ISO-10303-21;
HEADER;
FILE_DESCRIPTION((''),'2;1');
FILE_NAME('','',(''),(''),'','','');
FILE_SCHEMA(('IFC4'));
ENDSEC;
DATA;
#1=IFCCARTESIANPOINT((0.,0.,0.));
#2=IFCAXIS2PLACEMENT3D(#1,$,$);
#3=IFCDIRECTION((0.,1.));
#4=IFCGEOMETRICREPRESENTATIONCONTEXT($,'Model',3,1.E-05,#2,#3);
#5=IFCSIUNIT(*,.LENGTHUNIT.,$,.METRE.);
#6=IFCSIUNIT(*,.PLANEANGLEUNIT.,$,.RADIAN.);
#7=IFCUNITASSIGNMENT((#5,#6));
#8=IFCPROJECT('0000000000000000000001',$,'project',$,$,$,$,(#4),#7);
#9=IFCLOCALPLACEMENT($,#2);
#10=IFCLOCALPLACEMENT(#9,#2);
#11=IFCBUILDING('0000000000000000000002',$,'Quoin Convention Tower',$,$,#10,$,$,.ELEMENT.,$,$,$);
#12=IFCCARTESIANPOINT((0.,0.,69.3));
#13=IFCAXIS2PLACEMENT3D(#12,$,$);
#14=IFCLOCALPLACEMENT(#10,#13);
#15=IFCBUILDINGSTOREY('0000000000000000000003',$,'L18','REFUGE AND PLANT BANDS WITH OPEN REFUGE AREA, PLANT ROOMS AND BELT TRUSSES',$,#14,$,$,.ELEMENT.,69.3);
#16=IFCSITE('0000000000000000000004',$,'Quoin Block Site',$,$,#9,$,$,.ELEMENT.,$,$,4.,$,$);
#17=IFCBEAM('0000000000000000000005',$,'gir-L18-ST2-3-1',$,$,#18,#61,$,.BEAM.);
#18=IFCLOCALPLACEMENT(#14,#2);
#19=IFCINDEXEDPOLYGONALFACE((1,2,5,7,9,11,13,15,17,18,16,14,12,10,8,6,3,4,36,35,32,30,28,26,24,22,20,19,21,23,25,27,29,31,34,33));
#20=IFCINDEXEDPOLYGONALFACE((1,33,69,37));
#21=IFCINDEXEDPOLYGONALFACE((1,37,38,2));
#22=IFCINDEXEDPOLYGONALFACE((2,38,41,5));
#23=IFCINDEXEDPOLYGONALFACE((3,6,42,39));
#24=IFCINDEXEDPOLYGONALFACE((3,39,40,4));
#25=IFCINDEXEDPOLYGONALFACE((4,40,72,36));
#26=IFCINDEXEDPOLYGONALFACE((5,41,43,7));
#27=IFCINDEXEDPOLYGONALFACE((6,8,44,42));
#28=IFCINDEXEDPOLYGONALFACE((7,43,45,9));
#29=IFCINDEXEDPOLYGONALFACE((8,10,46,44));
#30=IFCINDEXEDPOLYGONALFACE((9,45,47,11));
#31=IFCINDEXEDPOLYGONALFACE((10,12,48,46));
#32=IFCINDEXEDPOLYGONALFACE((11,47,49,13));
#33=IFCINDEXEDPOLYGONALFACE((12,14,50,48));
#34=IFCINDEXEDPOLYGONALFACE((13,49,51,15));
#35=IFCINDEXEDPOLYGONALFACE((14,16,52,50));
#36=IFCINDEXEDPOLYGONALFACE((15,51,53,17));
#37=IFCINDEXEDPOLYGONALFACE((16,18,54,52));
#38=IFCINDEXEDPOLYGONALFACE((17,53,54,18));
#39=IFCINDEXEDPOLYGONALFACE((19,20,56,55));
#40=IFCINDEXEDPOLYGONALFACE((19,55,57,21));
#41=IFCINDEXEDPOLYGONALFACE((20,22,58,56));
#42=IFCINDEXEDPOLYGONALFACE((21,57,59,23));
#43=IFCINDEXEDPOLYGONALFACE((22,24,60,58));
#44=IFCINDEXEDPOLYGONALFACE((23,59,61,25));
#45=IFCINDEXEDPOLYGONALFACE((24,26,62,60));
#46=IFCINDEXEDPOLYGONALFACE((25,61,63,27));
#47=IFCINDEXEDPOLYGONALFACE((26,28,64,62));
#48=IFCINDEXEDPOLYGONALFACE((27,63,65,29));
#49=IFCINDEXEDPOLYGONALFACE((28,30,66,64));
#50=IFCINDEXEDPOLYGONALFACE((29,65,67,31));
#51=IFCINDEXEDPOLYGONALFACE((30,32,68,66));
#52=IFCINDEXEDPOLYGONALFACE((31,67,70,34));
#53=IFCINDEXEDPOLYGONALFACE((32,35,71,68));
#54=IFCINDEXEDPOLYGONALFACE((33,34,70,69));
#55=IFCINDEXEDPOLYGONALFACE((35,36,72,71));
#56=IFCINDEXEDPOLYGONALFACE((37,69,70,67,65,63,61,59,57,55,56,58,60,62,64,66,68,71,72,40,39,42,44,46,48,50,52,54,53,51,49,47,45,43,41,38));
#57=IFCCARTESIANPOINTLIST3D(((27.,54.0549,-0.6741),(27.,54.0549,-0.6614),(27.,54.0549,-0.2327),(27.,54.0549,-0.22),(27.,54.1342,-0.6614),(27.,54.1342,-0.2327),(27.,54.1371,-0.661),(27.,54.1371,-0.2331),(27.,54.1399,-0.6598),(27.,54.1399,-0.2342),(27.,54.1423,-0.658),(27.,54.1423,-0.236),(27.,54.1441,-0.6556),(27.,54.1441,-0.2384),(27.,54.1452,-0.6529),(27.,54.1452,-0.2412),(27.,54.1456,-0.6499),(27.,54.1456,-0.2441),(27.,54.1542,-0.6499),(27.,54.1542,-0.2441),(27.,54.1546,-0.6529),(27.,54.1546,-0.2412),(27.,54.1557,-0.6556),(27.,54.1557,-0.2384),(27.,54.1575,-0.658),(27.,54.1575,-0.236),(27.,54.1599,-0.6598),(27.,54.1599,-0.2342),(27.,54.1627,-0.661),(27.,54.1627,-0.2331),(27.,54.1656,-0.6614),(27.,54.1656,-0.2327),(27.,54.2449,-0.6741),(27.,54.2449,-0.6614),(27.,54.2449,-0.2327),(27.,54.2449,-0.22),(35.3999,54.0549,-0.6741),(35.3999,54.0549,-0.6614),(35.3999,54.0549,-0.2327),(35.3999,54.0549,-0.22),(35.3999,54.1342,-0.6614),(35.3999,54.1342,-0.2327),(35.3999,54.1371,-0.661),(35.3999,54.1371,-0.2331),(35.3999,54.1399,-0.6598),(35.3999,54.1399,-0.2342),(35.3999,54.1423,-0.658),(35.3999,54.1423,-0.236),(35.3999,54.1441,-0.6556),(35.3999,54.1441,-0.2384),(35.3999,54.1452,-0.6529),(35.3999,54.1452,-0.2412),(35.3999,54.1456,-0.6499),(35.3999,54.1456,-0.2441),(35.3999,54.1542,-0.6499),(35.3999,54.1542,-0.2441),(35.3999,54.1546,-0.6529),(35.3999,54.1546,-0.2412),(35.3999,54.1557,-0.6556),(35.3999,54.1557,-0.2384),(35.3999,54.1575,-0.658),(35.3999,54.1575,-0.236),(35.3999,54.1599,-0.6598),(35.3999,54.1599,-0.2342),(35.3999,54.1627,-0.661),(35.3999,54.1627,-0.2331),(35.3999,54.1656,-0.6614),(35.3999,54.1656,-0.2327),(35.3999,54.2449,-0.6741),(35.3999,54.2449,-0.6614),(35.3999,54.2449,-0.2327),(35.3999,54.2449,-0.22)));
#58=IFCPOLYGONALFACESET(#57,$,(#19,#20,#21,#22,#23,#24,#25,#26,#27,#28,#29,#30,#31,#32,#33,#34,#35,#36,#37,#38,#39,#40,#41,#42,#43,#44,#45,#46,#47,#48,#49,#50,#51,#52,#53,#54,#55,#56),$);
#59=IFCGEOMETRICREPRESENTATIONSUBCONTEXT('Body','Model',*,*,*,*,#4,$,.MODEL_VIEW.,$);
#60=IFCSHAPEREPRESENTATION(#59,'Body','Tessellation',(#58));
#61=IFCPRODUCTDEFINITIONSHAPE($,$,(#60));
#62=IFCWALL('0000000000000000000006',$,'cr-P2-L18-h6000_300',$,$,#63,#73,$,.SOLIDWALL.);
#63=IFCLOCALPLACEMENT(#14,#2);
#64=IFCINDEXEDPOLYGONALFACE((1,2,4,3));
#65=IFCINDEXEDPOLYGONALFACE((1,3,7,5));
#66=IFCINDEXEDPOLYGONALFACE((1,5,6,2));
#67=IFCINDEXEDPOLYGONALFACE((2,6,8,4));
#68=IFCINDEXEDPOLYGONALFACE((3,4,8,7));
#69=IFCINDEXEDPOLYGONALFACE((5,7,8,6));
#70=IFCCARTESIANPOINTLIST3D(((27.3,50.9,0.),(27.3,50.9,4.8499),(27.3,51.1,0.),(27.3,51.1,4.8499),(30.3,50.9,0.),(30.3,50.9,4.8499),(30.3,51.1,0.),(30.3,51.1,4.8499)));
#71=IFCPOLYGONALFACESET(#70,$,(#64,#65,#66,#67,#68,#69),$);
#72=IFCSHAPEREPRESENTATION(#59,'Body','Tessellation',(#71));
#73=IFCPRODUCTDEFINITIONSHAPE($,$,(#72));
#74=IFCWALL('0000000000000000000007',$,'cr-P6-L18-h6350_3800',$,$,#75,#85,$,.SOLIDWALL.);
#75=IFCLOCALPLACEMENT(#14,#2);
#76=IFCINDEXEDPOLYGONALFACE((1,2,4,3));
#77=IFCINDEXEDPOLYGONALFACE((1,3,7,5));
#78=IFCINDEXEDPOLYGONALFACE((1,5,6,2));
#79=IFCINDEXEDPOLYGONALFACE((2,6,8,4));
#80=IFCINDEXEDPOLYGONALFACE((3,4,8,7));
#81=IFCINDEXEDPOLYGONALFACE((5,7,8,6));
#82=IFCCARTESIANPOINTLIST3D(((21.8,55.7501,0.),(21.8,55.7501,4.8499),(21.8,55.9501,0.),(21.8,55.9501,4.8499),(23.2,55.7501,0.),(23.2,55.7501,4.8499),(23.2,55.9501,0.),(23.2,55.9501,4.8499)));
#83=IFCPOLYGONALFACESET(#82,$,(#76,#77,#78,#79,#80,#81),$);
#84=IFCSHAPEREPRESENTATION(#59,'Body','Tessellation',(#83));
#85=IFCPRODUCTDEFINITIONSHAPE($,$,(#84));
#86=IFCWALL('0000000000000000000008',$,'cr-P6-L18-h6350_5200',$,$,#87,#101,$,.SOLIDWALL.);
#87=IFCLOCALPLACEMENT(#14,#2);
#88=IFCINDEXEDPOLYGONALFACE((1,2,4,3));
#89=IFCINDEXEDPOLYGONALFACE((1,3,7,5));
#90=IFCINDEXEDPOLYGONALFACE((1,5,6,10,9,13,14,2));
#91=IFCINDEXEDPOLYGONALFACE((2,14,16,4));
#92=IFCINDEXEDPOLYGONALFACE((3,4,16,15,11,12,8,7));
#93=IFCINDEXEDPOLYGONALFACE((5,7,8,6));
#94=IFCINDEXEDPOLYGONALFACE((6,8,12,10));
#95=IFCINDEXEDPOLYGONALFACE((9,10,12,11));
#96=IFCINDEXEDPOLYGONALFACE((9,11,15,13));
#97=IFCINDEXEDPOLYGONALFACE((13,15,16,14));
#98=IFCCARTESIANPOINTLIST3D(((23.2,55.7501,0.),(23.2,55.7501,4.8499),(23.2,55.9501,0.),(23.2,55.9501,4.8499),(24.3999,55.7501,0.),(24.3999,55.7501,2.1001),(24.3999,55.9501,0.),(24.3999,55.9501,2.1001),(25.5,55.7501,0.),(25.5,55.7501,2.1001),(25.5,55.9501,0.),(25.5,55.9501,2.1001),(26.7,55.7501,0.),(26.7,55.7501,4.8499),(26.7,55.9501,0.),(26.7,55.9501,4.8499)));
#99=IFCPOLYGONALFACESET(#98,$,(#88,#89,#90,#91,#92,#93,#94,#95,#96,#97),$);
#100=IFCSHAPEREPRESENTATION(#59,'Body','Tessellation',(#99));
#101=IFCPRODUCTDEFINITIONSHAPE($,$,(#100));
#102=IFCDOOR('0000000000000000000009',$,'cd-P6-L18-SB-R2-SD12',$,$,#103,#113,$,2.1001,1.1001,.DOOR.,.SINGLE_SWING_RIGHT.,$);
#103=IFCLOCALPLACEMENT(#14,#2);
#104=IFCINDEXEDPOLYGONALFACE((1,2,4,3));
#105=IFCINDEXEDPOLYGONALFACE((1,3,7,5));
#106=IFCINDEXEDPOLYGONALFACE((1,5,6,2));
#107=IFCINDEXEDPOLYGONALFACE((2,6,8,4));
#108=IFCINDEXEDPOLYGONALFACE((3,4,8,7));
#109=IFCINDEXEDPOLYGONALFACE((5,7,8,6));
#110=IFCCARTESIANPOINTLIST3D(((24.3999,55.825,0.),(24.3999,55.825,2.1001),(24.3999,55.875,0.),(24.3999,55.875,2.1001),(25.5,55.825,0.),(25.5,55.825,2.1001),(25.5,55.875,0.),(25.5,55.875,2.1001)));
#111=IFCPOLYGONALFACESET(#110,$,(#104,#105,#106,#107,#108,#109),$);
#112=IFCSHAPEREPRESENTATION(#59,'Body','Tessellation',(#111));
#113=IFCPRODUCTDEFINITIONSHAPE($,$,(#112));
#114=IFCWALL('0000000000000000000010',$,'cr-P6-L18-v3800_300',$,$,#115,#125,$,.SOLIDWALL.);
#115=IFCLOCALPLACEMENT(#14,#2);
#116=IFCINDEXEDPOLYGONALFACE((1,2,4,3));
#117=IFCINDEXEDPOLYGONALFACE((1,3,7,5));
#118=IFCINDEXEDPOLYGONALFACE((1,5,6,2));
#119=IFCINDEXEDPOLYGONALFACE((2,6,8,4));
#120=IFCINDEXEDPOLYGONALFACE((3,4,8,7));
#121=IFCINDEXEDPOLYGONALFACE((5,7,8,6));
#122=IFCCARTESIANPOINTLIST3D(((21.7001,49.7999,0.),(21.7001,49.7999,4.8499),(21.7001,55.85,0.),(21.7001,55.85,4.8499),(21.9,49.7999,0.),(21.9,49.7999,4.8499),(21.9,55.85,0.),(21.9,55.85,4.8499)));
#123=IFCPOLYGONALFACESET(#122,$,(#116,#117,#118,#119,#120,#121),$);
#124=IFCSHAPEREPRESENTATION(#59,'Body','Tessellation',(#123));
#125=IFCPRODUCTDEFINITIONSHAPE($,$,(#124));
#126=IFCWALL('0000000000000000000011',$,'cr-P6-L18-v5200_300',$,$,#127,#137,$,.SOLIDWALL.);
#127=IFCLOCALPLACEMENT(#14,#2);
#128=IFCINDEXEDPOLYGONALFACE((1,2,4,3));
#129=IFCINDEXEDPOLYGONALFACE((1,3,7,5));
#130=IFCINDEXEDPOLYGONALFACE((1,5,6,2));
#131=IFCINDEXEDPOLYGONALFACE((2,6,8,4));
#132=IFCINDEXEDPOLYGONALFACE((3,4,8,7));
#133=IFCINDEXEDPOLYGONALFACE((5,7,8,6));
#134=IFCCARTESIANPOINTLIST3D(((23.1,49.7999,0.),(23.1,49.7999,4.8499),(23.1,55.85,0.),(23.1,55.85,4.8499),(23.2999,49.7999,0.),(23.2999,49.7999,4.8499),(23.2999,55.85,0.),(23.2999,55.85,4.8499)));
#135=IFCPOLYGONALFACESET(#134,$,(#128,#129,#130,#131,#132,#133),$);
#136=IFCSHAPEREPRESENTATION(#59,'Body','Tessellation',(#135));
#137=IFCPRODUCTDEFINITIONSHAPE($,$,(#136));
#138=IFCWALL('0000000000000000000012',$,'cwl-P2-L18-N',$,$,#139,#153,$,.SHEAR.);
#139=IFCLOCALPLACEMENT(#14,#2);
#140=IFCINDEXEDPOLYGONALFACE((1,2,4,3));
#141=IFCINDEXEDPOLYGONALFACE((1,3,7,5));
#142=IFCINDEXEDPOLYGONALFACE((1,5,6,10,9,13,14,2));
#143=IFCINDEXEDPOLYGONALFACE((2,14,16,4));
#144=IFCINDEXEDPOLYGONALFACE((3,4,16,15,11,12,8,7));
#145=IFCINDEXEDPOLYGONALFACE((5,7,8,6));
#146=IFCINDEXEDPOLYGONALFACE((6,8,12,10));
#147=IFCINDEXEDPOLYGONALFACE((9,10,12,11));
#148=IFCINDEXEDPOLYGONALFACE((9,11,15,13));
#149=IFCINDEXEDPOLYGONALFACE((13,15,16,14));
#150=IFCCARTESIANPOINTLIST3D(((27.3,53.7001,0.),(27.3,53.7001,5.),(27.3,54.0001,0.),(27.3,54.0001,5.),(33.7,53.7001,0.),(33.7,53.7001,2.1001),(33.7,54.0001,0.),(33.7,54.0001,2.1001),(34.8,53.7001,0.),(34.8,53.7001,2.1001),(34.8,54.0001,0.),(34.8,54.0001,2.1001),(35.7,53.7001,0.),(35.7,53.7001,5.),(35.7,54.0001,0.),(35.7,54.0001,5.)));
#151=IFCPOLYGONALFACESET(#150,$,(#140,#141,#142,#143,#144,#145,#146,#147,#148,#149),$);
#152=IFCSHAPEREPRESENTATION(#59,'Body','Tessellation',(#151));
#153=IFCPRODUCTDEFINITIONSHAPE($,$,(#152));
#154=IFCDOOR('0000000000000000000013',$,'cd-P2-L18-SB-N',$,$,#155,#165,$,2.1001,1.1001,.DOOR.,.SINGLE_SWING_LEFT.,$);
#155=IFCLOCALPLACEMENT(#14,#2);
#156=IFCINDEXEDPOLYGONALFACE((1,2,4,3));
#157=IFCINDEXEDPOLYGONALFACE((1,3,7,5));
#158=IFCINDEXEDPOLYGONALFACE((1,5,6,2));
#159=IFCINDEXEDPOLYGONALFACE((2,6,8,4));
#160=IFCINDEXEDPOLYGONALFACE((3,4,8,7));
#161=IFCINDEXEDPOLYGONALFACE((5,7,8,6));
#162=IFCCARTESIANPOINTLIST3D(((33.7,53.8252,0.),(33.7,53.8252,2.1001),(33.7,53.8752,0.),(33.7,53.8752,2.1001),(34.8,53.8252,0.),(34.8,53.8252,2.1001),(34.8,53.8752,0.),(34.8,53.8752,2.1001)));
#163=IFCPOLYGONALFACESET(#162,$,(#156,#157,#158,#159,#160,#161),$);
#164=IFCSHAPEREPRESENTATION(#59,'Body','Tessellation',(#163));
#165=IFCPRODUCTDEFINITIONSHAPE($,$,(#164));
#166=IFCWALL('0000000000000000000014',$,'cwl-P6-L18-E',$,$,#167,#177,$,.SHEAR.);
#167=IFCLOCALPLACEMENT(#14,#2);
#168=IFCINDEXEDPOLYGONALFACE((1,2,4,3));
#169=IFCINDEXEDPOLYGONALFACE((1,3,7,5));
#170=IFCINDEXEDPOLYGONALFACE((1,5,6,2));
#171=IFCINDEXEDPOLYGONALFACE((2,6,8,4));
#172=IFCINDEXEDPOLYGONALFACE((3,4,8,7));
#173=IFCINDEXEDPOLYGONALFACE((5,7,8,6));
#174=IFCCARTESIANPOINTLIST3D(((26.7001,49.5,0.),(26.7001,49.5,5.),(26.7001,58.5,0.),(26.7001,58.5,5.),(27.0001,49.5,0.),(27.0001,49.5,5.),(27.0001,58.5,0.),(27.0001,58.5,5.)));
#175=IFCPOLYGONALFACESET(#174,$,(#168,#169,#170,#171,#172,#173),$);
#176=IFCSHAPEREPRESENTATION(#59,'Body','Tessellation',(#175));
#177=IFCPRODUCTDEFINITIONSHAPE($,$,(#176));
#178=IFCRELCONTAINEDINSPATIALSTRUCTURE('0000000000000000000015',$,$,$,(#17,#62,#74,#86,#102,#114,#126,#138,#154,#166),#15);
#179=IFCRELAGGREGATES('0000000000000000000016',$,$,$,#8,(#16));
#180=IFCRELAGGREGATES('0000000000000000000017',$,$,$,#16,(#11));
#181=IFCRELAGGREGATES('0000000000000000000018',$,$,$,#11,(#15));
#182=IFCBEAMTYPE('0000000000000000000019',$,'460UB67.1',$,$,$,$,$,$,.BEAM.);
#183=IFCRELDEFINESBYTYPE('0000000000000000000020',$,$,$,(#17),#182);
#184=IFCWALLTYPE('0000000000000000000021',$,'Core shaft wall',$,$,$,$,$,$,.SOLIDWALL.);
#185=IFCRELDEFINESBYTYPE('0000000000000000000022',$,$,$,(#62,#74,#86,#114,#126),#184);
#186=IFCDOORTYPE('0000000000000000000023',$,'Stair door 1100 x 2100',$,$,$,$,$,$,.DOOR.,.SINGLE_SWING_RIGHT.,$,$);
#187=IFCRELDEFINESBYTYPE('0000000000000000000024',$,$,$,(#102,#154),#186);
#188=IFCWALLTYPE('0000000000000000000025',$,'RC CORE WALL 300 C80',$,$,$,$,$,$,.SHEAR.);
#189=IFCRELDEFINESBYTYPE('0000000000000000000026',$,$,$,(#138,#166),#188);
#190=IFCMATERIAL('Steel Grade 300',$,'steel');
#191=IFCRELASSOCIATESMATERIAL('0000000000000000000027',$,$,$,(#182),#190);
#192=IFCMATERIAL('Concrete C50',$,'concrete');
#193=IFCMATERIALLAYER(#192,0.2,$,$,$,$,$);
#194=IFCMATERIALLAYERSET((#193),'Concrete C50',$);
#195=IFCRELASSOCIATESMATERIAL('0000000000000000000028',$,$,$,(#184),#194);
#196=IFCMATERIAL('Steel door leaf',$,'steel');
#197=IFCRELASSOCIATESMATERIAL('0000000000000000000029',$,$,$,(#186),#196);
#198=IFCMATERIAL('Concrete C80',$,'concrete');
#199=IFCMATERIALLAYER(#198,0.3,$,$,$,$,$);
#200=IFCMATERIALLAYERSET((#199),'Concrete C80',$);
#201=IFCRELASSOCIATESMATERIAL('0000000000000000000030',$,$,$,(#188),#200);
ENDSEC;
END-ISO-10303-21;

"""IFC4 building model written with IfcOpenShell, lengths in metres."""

from ifc_helpers import new_model, si_unit, direction, frame, frame_2d, origin, origin_2d, place, context, subcontext, project, spatial, rectangle, i_section, extrude, material, layer, layer_set, material_profile, profile_set, type_object, element, fill, save


model = new_model("IFC4")

# Units and contexts
model_context = context("Model", 3, precision=1e-05, world=origin(), true_north=direction((0.0, 1.0)))
body_context = subcontext(model_context, "Body", "Model", "MODEL_VIEW")
ifc_project = project(units=[si_unit("LENGTHUNIT", "METRE"), si_unit("PLANEANGLEUNIT", "RADIAN")], contexts=[model_context])

# Site, building, storey
site_placement = place(None, origin())
site = spatial("IfcSite", under=ifc_project, at=site_placement, Name="Quoin Block Site", CompositionType="ELEMENT", RefElevation=4.0)
building_placement = place(site_placement, origin())
building = spatial("IfcBuilding", under=site, at=building_placement, Name="Quoin Convention Tower", CompositionType="ELEMENT")
storey_placement = place(building_placement, frame((0.0, 0.0, 69.3)))
storey = spatial("IfcBuildingStorey", under=building, at=storey_placement, Name="L18", Description="REFUGE AND PLANT BANDS WITH OPEN REFUGE AREA, PLANT ROOMS AND BELT TRUSSES", CompositionType="ELEMENT", Elevation=69.3)

# Beam
ifc_material_1 = material(Name="Steel Grade 300", Category="steel")
ifc_material_profile = material_profile(ifc_material_1, i_section(OverallWidth=0.1899, OverallDepth=0.4541, WebThickness=0.0085, FlangeThickness=0.0127, FilletRadius=0.0115, at=origin_2d()), Name="460UB67.1")
ifc_profile_set = profile_set([ifc_material_profile], Name="Steel Grade 300")
beam_type = type_object("IfcBeamType", Name="460UB67.1", PredefinedType="BEAM", material=ifc_profile_set)
beam_placement = place(storey_placement, frame((27.0, 54.1499, -0.447), z_axis=(1.0, 0.0, 0.0), x_axis=(0.0, 1.0, 0.0)))
element("IfcBeam", 1, at=beam_placement, inside=storey, type_object=beam_type, Name="gir-L18-ST2-3-1", PredefinedType="BEAM", context=body_context, shape_type="SweptSolid", body=[
    extrude(i_section(OverallWidth=0.1899, OverallDepth=0.4541, WebThickness=0.0085, FlangeThickness=0.0127, FilletRadius=0.0115, at=origin_2d()), origin(), (0.0, 0.0, 1.0), 8.3999),
])

# Walls
ifc_material_2 = material(Name="Concrete C50", Category="concrete")
ifc_layer_1 = layer(ifc_material_2, 0.2)
ifc_layer_set_1 = layer_set([ifc_layer_1], Name="Concrete C50")
wall_type_1 = type_object("IfcWallType", Name="Core shaft wall", PredefinedType="SOLIDWALL", material=ifc_layer_set_1)
wall_1_placement = place(storey_placement, frame((27.3, 51.0, 0.0), z_axis=(0.0, 0.0, 1.0), x_axis=(1.0, 0.0, 0.0)))
element("IfcWall", 2, at=wall_1_placement, inside=storey, type_object=wall_type_1, Name="cr-P2-L18-h6000_300", PredefinedType="SOLIDWALL", context=body_context, shape_type="SweptSolid", body=[
    extrude(rectangle(XDim=3.0, YDim=0.2, at=frame_2d((1.5, 0.0))), origin(), (0.0, 0.0, 1.0), 4.8499),
])
wall_2_placement = place(storey_placement, frame((21.8, 55.8501, 0.0), z_axis=(0.0, 0.0, 1.0), x_axis=(1.0, 0.0, 0.0)))
element("IfcWall", 3, at=wall_2_placement, inside=storey, type_object=wall_type_1, Name="cr-P6-L18-h6350_3800", PredefinedType="SOLIDWALL", context=body_context, shape_type="SweptSolid", body=[
    extrude(rectangle(XDim=1.3999, YDim=0.2, at=frame_2d((0.7, 0.0))), origin(), (0.0, 0.0, 1.0), 4.8499),
])

# Wall, opening, door
wall_3_placement = place(storey_placement, frame((23.2, 55.8501, 0.0), z_axis=(0.0, 0.0, 1.0), x_axis=(1.0, 0.0, 0.0)))
wall_3 = element("IfcWall", 4, at=wall_3_placement, inside=storey, type_object=wall_type_1, Name="cr-P6-L18-h6350_5200", PredefinedType="SOLIDWALL", context=body_context, shape_type="SweptSolid", body=[
    extrude(rectangle(XDim=3.5, YDim=0.2, at=frame_2d((1.75, 0.0))), origin(), (0.0, 0.0, 1.0), 4.8499),
])
opening_1_placement = place(wall_3_placement, frame((1.2, 0.0, 0.0)))
opening_1 = element("IfcOpeningElement", 5, at=opening_1_placement, cuts=wall_3, PredefinedType="OPENING", context=body_context, shape_type="SweptSolid", body=[
    extrude(rectangle(XDim=1.1001, YDim=2.1001, at=frame_2d((0.55, 1.05))), frame((0.0, 0.1099, 0.0), z_axis=(0.0, -1.0, 0.0), x_axis=(1.0, 0.0, 0.0)), (0.0, 0.0, 1.0), 0.22),
])
ifc_material_3 = material(Name="Steel door leaf", Category="steel")
door_type = type_object("IfcDoorType", Name="Stair door 1100 x 2100", OperationType="SINGLE_SWING_RIGHT", PredefinedType="DOOR", material=ifc_material_3)
door_1_placement = place(opening_1_placement, origin())
door_1 = element("IfcDoor", 6, at=door_1_placement, inside=storey, type_object=door_type, Name="cd-P6-L18-SB-R2-SD12", OperationType="SINGLE_SWING_RIGHT", OverallHeight=2.1001, OverallWidth=1.1001, PredefinedType="DOOR", context=body_context, shape_type="SweptSolid", body=[
    extrude(rectangle(XDim=1.1001, YDim=2.1001, at=frame_2d((0.55, 1.05))), frame((0.0, 0.0249, 0.0), z_axis=(0.0, -1.0, 0.0), x_axis=(1.0, 0.0, 0.0)), (0.0, 0.0, 1.0), 0.05),
])
fill(opening_1, door_1)

# Walls
for number, where, z_axis, x_axis, name in (
    (7, (21.8, 49.8, 0.0), (0.0, 0.0, 1.0), (0.0, 1.0, 0.0), "cr-P6-L18-v3800_300"),
    (8, (23.2, 49.8, 0.0), (0.0, 0.0, 1.0), (0.0, 1.0, 0.0), "cr-P6-L18-v5200_300"),
):
    element("IfcWall", number, at=place(storey_placement, frame(where, z_axis=z_axis, x_axis=x_axis)), inside=storey, type_object=wall_type_1, Name=name, PredefinedType="SOLIDWALL", context=body_context, shape_type="SweptSolid", body=[
        extrude(rectangle(XDim=6.05, YDim=0.2, at=frame_2d((3.0249, 0.0))), origin(), (0.0, 0.0, 1.0), 4.8499),
    ])

# Wall, opening, door
ifc_material_4 = material(Name="Concrete C80", Category="concrete")
ifc_layer_2 = layer(ifc_material_4, 0.3)
ifc_layer_set_2 = layer_set([ifc_layer_2], Name="Concrete C80")
wall_type_2 = type_object("IfcWallType", Name="RC CORE WALL 300 C80", PredefinedType="SHEAR", material=ifc_layer_set_2)
wall_4_placement = place(storey_placement, frame((27.3, 53.8501, 0.0), z_axis=(0.0, 0.0, 1.0), x_axis=(1.0, 0.0, 0.0)))
wall_4 = element("IfcWall", 9, at=wall_4_placement, inside=storey, type_object=wall_type_2, Name="cwl-P2-L18-N", PredefinedType="SHEAR", context=body_context, shape_type="SweptSolid", body=[
    extrude(rectangle(XDim=8.3999, YDim=0.3, at=frame_2d((4.2, 0.0))), origin(), (0.0, 0.0, 1.0), 5.0),
])
opening_2_placement = place(wall_4_placement, frame((6.3999, 0.0, 0.0)))
opening_2 = element("IfcOpeningElement", 10, at=opening_2_placement, cuts=wall_4, PredefinedType="OPENING", context=body_context, shape_type="SweptSolid", body=[
    extrude(rectangle(XDim=1.1001, YDim=2.1001, at=frame_2d((0.55, 1.05))), frame((0.0, 0.1599, 0.0), z_axis=(0.0, -1.0, 0.0), x_axis=(1.0, 0.0, 0.0)), (0.0, 0.0, 1.0), 0.3201),
])
door_2_placement = place(opening_2_placement, frame((1.1001, 0.0, 0.0), z_axis=(0.0, 0.0, 1.0), x_axis=(-1.0, 0.0, 0.0)))
door_2 = element("IfcDoor", 11, at=door_2_placement, inside=storey, type_object=door_type, Name="cd-P2-L18-SB-N", OperationType="SINGLE_SWING_LEFT", OverallHeight=2.1001, OverallWidth=1.1001, PredefinedType="DOOR", context=body_context, shape_type="SweptSolid", body=[
    extrude(rectangle(XDim=1.1001, YDim=2.1001, at=frame_2d((0.55, 1.05))), frame((0.0, 0.0249, 0.0), z_axis=(0.0, -1.0, 0.0), x_axis=(1.0, 0.0, 0.0)), (0.0, 0.0, 1.0), 0.05),
])
fill(opening_2, door_2)

# Wall
wall_5_placement = place(storey_placement, frame((26.8501, 49.5, 0.0), z_axis=(0.0, 0.0, 1.0), x_axis=(0.0, 1.0, 0.0)))
element("IfcWall", 12, at=wall_5_placement, inside=storey, type_object=wall_type_2, Name="cwl-P6-L18-E", PredefinedType="SHEAR", context=body_context, shape_type="SweptSolid", body=[
    extrude(rectangle(XDim=9.0, YDim=0.3, at=frame_2d((4.5, 0.0))), origin(), (0.0, 0.0, 1.0), 5.0),
])

save(model, "model.ifc")
